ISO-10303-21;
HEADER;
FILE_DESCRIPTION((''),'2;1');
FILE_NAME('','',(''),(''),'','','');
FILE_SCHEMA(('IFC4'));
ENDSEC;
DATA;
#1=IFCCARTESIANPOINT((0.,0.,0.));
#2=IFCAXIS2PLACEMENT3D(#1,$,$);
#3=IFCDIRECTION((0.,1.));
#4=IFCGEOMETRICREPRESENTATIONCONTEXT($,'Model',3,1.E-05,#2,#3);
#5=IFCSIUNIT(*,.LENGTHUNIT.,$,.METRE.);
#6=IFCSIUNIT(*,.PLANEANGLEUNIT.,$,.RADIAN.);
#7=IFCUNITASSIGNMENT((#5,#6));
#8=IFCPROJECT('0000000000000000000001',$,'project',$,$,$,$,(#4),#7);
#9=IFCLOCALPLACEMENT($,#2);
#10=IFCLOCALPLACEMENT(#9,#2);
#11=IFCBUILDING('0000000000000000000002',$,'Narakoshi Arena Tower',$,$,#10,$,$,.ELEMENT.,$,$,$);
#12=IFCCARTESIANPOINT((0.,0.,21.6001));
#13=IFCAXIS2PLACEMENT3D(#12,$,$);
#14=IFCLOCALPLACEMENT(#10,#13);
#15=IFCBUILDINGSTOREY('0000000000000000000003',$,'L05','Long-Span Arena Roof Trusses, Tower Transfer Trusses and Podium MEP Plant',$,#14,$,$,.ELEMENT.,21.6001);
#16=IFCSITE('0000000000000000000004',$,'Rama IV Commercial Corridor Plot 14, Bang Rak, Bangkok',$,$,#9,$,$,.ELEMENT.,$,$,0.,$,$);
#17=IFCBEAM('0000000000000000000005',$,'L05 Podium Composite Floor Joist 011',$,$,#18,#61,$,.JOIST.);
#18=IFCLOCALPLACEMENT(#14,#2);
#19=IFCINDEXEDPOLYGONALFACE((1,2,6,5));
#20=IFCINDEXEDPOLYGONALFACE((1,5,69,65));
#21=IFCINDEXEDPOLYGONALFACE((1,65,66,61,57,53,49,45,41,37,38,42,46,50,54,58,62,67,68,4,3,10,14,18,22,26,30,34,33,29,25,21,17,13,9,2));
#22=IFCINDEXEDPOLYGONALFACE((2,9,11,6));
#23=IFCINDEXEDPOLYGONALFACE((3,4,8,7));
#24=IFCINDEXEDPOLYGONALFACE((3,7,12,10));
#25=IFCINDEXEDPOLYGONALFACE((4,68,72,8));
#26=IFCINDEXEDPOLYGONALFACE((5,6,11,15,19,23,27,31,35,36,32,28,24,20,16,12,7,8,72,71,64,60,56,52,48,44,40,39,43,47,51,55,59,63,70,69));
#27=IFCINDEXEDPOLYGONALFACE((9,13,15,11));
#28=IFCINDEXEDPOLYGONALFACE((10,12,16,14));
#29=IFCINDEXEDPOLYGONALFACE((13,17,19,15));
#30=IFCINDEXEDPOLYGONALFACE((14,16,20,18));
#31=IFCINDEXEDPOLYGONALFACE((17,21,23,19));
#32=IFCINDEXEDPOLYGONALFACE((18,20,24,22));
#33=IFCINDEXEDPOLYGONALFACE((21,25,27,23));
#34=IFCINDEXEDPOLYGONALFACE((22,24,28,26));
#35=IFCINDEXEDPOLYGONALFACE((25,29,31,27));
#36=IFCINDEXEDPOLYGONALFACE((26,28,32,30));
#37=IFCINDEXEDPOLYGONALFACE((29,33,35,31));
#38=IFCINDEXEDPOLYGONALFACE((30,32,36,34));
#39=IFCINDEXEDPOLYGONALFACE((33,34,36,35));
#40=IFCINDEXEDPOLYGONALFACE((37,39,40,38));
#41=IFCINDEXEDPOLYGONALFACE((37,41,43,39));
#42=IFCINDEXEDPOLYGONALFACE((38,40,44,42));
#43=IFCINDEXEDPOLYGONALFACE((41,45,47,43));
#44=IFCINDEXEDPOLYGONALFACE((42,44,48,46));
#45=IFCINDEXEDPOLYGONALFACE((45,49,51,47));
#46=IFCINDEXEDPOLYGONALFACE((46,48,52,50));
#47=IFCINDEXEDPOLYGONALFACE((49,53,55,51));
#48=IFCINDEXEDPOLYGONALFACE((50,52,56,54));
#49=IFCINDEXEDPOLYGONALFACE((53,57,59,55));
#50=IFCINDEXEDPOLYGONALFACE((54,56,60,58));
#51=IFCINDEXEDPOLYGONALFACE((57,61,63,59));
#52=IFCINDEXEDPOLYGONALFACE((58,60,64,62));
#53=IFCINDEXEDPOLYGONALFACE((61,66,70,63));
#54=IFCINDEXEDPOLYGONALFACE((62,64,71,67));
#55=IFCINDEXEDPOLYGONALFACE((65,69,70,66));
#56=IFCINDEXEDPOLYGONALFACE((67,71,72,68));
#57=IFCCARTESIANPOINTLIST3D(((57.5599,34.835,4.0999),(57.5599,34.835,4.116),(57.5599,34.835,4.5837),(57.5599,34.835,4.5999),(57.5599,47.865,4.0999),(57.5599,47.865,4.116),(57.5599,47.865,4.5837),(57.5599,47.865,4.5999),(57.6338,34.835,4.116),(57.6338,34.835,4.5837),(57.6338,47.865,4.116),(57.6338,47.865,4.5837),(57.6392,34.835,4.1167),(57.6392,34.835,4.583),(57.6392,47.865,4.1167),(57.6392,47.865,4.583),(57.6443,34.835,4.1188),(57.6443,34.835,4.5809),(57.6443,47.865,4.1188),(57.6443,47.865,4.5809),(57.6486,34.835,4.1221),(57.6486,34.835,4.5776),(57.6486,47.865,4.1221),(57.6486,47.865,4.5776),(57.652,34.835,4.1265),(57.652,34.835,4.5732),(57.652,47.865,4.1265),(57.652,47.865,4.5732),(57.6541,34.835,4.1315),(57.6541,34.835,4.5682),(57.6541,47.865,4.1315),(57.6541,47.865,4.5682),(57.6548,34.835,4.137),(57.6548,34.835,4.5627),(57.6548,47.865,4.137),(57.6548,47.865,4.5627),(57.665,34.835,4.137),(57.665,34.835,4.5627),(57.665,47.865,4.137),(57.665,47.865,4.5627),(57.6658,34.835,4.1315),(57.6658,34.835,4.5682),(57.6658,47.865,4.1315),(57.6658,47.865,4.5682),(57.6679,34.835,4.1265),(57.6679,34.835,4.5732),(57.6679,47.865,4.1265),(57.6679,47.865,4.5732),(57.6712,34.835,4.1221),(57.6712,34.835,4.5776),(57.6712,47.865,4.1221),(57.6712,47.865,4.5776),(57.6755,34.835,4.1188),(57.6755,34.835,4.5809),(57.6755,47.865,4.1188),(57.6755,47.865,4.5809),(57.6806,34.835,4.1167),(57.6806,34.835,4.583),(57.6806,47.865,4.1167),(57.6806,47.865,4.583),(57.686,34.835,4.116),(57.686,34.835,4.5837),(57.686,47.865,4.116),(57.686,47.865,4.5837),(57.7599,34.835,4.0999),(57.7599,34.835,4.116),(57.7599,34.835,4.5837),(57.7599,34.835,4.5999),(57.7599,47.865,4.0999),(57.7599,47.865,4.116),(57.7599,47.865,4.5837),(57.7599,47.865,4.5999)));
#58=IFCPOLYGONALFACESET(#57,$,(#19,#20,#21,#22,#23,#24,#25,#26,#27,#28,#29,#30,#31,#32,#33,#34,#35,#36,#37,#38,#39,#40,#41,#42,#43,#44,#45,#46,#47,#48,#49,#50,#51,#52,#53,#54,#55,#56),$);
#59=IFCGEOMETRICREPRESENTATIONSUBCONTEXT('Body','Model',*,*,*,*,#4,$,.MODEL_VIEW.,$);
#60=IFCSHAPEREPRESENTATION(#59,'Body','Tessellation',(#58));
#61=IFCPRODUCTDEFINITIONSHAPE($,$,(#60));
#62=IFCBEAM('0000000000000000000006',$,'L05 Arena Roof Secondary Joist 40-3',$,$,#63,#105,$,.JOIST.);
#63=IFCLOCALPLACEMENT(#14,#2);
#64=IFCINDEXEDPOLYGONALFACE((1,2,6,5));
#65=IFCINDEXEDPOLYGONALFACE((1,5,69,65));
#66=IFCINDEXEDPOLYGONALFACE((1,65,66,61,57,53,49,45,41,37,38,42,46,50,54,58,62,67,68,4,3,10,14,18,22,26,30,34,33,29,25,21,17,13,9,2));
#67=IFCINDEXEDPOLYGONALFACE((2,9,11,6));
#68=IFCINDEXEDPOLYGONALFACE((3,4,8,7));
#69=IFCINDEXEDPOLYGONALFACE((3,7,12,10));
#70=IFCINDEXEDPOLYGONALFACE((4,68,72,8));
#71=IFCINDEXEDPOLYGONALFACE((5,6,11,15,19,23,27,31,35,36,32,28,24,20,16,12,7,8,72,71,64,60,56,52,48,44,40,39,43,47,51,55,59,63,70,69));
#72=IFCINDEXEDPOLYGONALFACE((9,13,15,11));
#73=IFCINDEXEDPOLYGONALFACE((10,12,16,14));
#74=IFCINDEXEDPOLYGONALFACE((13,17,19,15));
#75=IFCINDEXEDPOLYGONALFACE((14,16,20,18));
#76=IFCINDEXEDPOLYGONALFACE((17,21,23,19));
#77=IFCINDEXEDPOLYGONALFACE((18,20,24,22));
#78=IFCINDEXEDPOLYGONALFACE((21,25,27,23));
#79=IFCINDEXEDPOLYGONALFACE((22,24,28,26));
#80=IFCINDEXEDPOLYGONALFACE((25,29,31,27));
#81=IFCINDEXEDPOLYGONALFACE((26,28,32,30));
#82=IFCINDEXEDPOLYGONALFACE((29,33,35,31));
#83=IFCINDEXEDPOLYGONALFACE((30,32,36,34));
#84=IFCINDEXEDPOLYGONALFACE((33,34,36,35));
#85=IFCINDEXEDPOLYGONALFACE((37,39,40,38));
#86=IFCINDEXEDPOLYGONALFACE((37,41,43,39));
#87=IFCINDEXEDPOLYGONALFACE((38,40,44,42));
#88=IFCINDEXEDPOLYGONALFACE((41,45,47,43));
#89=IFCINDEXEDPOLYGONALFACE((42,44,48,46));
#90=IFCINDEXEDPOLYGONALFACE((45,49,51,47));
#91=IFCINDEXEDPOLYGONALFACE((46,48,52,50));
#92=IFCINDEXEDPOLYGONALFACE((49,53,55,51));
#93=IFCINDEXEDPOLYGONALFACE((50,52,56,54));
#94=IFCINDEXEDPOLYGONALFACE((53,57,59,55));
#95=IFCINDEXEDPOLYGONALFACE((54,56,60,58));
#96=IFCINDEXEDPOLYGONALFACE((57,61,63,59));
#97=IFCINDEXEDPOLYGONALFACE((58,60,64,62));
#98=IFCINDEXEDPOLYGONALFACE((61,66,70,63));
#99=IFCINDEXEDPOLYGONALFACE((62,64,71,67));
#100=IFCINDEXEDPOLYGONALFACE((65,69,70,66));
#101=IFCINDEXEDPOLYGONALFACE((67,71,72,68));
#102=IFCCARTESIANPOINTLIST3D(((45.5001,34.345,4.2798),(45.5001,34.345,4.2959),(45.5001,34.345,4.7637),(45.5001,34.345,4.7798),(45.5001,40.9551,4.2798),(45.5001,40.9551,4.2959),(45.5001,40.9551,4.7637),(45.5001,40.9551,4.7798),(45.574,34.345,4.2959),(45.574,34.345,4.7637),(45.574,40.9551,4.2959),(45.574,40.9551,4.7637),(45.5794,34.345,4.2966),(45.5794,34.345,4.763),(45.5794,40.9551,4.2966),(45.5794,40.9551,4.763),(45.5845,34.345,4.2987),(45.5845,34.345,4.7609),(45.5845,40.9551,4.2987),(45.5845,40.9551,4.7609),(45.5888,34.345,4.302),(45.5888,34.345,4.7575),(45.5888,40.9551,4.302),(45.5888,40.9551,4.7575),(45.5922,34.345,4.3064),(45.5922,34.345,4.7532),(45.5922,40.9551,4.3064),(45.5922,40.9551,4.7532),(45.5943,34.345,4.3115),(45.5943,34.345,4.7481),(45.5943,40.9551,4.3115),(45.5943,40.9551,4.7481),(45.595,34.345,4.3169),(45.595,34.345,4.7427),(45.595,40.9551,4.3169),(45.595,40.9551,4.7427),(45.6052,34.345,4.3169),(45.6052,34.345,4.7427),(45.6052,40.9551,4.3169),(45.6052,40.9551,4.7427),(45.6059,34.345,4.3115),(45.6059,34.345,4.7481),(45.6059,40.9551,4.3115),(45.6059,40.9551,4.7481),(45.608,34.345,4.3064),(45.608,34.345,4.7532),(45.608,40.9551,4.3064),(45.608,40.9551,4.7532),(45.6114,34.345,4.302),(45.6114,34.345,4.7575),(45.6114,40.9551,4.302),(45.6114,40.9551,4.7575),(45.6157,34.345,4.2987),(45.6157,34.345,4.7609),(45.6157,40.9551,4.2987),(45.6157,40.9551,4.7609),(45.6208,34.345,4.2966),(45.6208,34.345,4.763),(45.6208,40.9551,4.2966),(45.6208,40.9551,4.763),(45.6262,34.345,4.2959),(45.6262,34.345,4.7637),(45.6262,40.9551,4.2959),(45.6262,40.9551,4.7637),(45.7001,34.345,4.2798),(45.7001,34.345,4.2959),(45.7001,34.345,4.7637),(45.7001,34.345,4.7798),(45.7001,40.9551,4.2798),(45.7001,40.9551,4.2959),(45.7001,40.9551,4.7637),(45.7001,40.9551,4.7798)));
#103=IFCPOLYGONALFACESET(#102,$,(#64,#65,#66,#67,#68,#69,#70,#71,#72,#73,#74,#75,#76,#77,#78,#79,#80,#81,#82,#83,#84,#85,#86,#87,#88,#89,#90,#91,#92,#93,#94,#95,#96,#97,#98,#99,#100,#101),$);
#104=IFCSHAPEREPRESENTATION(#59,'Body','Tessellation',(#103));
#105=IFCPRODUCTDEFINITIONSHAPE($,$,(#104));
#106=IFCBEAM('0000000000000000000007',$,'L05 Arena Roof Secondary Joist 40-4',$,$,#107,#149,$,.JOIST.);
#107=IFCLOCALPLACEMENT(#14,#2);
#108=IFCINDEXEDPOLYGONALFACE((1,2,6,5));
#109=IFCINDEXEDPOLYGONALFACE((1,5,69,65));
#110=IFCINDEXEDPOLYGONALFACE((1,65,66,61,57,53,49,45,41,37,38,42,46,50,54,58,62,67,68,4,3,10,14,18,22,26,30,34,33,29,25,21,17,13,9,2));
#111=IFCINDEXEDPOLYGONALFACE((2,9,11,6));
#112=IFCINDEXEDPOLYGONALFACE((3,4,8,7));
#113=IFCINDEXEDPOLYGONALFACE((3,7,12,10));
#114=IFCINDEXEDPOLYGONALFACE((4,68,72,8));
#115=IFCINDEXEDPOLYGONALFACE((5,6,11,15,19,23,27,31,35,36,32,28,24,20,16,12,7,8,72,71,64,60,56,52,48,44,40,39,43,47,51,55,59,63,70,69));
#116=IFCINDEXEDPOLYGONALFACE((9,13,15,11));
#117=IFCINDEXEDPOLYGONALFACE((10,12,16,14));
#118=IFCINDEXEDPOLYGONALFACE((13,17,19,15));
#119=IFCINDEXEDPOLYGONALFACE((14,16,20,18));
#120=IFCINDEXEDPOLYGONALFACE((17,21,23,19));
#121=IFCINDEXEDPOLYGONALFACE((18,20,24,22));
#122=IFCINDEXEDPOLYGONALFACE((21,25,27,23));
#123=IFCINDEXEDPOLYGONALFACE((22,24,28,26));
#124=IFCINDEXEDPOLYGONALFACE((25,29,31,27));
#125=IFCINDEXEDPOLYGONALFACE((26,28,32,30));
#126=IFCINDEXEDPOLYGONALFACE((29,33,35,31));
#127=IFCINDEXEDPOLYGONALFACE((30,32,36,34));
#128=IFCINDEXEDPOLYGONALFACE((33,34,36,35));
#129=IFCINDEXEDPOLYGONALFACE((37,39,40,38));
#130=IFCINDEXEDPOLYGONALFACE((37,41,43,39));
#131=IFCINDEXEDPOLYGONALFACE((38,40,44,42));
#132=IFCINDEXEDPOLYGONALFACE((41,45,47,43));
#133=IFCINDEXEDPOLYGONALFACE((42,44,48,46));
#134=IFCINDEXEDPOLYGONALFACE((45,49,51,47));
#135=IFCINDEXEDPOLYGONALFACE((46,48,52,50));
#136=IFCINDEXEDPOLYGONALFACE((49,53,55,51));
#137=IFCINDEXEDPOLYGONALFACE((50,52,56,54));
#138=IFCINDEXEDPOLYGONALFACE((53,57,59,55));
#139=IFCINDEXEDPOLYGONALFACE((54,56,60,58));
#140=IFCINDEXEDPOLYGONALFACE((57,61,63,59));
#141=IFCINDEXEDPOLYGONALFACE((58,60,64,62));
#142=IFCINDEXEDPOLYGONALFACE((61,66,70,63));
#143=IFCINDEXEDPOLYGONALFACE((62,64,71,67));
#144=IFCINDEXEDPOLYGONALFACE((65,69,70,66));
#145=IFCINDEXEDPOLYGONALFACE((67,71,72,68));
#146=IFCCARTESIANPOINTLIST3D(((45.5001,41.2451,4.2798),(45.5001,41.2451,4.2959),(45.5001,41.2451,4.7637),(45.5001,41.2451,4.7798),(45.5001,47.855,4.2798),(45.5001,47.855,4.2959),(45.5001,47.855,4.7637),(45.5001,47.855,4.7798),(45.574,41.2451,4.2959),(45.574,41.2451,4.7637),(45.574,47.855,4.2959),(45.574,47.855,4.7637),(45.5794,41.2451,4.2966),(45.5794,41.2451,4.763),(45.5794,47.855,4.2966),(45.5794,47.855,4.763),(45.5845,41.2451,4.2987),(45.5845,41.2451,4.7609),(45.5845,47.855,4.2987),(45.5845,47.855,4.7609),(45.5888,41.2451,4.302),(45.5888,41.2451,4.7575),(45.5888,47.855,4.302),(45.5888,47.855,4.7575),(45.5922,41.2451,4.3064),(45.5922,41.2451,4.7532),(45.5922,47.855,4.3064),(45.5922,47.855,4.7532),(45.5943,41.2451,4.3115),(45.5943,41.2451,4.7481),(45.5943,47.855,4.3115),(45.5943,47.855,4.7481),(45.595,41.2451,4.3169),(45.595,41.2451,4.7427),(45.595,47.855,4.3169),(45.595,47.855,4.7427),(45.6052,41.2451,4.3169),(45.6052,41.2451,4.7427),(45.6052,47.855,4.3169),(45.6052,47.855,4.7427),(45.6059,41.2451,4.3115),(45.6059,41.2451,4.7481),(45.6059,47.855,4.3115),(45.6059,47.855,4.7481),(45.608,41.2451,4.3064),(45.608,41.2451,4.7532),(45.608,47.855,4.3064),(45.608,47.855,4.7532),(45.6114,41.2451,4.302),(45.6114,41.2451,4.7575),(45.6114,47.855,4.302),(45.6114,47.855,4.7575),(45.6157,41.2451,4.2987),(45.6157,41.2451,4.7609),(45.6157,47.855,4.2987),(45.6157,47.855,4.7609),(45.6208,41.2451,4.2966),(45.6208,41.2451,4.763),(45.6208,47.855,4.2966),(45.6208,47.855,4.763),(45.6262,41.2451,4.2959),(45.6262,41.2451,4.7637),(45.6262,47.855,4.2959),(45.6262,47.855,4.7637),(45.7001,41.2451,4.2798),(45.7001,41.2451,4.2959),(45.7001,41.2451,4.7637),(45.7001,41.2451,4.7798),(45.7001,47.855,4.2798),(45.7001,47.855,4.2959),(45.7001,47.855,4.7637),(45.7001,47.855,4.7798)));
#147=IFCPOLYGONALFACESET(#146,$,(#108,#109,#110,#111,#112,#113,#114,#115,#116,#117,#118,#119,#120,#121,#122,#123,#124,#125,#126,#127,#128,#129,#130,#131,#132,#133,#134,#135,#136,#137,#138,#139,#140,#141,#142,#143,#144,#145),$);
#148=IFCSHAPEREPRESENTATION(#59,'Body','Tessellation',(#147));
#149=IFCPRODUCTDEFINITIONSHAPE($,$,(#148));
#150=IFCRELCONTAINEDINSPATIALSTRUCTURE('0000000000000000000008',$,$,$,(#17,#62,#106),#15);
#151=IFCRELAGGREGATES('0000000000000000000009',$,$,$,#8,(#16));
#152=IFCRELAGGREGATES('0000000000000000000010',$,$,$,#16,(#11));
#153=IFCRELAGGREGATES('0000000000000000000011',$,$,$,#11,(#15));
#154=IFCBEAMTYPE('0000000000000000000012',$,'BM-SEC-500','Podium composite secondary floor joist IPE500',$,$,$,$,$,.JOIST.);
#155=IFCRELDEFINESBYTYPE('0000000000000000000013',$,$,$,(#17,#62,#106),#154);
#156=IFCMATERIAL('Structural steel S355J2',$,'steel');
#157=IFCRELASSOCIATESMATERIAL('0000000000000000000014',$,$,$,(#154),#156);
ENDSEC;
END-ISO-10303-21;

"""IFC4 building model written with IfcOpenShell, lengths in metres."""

from ifc_helpers import new_model, si_unit, direction, frame, origin, origin_2d, place, context, subcontext, project, spatial, i_section, extrude, material, material_profile, profile_set, type_object, element, save


model = new_model("IFC4")

# Units and contexts
model_context = context("Model", 3, precision=1e-05, world=origin(), true_north=direction((0.0, 1.0)))
body_context = subcontext(model_context, "Body", "Model", "MODEL_VIEW")
ifc_project = project(units=[si_unit("LENGTHUNIT", "METRE"), si_unit("PLANEANGLEUNIT", "RADIAN")], contexts=[model_context])

# Site, building, storey
site_placement = place(None, origin())
site = spatial("IfcSite", under=ifc_project, at=site_placement, Name="Rama IV Commercial Corridor Plot 14, Bang Rak, Bangkok", CompositionType="ELEMENT", RefElevation=0.0)
building_placement = place(site_placement, origin())
building = spatial("IfcBuilding", under=site, at=building_placement, Name="Narakoshi Arena Tower", CompositionType="ELEMENT")
storey_placement = place(building_placement, frame((0.0, 0.0, 21.6001)))
storey = spatial("IfcBuildingStorey", under=building, at=storey_placement, Name="L05", Description="Long-Span Arena Roof Trusses, Tower Transfer Trusses and Podium MEP Plant", CompositionType="ELEMENT", Elevation=21.6001)

# Shared definitions
ifc_material_1 = material(Name="Structural steel S355J2", Category="steel")

# Beams
ifc_material_profile_1 = material_profile(ifc_material_1, i_section(OverallWidth=0.2, OverallDepth=0.5, WebThickness=0.0103, FlangeThickness=0.0161, FilletRadius=0.021, at=origin_2d()), Name="IPE500")
ifc_profile_set_1 = profile_set([ifc_material_profile_1], Name="Structural steel S355J2")
beam_type_1 = type_object("IfcBeamType", Name="BM-SEC-500", Description="Podium composite secondary floor joist IPE500", PredefinedType="JOIST", material=ifc_profile_set_1)
beam_1_placement = place(storey_placement, frame((57.6599, 34.835, 4.3499), z_axis=(0.0, 1.0, 0.0), x_axis=(-1.0, 0.0, 0.0)))
element("IfcBeam", 1, at=beam_1_placement, inside=storey, type_object=beam_type_1, Name="L05 Podium Composite Floor Joist 011", PredefinedType="JOIST", context=body_context, shape_type="SweptSolid", body=[
    extrude(i_section(OverallWidth=0.2, OverallDepth=0.5, WebThickness=0.0103, FlangeThickness=0.0161, FilletRadius=0.021, at=origin_2d()), origin(), (0.0, 0.0, 1.0), 13.03),
])
beam_2_placement = place(storey_placement, frame((45.6001, 34.345, 4.5298), z_axis=(0.0, 1.0, 0.0), x_axis=(-1.0, 0.0, 0.0)))
element("IfcBeam", 2, at=beam_2_placement, inside=storey, type_object=beam_type_1, Name="L05 Arena Roof Secondary Joist 40-3", PredefinedType="JOIST", context=body_context, shape_type="SweptSolid", body=[
    extrude(i_section(OverallWidth=0.2, OverallDepth=0.5, WebThickness=0.0103, FlangeThickness=0.0161, FilletRadius=0.021, at=origin_2d()), origin(), (0.0, 0.0, 1.0), 6.6101),
])
beam_3_placement = place(storey_placement, frame((45.6001, 41.2451, 4.5298), z_axis=(0.0, 1.0, 0.0), x_axis=(-1.0, 0.0, 0.0)))
element("IfcBeam", 3, at=beam_3_placement, inside=storey, type_object=beam_type_1, Name="L05 Arena Roof Secondary Joist 40-4", PredefinedType="JOIST", context=body_context, shape_type="SweptSolid", body=[
    extrude(i_section(OverallWidth=0.2, OverallDepth=0.5, WebThickness=0.0103, FlangeThickness=0.0161, FilletRadius=0.021, at=origin_2d()), origin(), (0.0, 0.0, 1.0), 6.6099),
])

save(model, "model.ifc")
